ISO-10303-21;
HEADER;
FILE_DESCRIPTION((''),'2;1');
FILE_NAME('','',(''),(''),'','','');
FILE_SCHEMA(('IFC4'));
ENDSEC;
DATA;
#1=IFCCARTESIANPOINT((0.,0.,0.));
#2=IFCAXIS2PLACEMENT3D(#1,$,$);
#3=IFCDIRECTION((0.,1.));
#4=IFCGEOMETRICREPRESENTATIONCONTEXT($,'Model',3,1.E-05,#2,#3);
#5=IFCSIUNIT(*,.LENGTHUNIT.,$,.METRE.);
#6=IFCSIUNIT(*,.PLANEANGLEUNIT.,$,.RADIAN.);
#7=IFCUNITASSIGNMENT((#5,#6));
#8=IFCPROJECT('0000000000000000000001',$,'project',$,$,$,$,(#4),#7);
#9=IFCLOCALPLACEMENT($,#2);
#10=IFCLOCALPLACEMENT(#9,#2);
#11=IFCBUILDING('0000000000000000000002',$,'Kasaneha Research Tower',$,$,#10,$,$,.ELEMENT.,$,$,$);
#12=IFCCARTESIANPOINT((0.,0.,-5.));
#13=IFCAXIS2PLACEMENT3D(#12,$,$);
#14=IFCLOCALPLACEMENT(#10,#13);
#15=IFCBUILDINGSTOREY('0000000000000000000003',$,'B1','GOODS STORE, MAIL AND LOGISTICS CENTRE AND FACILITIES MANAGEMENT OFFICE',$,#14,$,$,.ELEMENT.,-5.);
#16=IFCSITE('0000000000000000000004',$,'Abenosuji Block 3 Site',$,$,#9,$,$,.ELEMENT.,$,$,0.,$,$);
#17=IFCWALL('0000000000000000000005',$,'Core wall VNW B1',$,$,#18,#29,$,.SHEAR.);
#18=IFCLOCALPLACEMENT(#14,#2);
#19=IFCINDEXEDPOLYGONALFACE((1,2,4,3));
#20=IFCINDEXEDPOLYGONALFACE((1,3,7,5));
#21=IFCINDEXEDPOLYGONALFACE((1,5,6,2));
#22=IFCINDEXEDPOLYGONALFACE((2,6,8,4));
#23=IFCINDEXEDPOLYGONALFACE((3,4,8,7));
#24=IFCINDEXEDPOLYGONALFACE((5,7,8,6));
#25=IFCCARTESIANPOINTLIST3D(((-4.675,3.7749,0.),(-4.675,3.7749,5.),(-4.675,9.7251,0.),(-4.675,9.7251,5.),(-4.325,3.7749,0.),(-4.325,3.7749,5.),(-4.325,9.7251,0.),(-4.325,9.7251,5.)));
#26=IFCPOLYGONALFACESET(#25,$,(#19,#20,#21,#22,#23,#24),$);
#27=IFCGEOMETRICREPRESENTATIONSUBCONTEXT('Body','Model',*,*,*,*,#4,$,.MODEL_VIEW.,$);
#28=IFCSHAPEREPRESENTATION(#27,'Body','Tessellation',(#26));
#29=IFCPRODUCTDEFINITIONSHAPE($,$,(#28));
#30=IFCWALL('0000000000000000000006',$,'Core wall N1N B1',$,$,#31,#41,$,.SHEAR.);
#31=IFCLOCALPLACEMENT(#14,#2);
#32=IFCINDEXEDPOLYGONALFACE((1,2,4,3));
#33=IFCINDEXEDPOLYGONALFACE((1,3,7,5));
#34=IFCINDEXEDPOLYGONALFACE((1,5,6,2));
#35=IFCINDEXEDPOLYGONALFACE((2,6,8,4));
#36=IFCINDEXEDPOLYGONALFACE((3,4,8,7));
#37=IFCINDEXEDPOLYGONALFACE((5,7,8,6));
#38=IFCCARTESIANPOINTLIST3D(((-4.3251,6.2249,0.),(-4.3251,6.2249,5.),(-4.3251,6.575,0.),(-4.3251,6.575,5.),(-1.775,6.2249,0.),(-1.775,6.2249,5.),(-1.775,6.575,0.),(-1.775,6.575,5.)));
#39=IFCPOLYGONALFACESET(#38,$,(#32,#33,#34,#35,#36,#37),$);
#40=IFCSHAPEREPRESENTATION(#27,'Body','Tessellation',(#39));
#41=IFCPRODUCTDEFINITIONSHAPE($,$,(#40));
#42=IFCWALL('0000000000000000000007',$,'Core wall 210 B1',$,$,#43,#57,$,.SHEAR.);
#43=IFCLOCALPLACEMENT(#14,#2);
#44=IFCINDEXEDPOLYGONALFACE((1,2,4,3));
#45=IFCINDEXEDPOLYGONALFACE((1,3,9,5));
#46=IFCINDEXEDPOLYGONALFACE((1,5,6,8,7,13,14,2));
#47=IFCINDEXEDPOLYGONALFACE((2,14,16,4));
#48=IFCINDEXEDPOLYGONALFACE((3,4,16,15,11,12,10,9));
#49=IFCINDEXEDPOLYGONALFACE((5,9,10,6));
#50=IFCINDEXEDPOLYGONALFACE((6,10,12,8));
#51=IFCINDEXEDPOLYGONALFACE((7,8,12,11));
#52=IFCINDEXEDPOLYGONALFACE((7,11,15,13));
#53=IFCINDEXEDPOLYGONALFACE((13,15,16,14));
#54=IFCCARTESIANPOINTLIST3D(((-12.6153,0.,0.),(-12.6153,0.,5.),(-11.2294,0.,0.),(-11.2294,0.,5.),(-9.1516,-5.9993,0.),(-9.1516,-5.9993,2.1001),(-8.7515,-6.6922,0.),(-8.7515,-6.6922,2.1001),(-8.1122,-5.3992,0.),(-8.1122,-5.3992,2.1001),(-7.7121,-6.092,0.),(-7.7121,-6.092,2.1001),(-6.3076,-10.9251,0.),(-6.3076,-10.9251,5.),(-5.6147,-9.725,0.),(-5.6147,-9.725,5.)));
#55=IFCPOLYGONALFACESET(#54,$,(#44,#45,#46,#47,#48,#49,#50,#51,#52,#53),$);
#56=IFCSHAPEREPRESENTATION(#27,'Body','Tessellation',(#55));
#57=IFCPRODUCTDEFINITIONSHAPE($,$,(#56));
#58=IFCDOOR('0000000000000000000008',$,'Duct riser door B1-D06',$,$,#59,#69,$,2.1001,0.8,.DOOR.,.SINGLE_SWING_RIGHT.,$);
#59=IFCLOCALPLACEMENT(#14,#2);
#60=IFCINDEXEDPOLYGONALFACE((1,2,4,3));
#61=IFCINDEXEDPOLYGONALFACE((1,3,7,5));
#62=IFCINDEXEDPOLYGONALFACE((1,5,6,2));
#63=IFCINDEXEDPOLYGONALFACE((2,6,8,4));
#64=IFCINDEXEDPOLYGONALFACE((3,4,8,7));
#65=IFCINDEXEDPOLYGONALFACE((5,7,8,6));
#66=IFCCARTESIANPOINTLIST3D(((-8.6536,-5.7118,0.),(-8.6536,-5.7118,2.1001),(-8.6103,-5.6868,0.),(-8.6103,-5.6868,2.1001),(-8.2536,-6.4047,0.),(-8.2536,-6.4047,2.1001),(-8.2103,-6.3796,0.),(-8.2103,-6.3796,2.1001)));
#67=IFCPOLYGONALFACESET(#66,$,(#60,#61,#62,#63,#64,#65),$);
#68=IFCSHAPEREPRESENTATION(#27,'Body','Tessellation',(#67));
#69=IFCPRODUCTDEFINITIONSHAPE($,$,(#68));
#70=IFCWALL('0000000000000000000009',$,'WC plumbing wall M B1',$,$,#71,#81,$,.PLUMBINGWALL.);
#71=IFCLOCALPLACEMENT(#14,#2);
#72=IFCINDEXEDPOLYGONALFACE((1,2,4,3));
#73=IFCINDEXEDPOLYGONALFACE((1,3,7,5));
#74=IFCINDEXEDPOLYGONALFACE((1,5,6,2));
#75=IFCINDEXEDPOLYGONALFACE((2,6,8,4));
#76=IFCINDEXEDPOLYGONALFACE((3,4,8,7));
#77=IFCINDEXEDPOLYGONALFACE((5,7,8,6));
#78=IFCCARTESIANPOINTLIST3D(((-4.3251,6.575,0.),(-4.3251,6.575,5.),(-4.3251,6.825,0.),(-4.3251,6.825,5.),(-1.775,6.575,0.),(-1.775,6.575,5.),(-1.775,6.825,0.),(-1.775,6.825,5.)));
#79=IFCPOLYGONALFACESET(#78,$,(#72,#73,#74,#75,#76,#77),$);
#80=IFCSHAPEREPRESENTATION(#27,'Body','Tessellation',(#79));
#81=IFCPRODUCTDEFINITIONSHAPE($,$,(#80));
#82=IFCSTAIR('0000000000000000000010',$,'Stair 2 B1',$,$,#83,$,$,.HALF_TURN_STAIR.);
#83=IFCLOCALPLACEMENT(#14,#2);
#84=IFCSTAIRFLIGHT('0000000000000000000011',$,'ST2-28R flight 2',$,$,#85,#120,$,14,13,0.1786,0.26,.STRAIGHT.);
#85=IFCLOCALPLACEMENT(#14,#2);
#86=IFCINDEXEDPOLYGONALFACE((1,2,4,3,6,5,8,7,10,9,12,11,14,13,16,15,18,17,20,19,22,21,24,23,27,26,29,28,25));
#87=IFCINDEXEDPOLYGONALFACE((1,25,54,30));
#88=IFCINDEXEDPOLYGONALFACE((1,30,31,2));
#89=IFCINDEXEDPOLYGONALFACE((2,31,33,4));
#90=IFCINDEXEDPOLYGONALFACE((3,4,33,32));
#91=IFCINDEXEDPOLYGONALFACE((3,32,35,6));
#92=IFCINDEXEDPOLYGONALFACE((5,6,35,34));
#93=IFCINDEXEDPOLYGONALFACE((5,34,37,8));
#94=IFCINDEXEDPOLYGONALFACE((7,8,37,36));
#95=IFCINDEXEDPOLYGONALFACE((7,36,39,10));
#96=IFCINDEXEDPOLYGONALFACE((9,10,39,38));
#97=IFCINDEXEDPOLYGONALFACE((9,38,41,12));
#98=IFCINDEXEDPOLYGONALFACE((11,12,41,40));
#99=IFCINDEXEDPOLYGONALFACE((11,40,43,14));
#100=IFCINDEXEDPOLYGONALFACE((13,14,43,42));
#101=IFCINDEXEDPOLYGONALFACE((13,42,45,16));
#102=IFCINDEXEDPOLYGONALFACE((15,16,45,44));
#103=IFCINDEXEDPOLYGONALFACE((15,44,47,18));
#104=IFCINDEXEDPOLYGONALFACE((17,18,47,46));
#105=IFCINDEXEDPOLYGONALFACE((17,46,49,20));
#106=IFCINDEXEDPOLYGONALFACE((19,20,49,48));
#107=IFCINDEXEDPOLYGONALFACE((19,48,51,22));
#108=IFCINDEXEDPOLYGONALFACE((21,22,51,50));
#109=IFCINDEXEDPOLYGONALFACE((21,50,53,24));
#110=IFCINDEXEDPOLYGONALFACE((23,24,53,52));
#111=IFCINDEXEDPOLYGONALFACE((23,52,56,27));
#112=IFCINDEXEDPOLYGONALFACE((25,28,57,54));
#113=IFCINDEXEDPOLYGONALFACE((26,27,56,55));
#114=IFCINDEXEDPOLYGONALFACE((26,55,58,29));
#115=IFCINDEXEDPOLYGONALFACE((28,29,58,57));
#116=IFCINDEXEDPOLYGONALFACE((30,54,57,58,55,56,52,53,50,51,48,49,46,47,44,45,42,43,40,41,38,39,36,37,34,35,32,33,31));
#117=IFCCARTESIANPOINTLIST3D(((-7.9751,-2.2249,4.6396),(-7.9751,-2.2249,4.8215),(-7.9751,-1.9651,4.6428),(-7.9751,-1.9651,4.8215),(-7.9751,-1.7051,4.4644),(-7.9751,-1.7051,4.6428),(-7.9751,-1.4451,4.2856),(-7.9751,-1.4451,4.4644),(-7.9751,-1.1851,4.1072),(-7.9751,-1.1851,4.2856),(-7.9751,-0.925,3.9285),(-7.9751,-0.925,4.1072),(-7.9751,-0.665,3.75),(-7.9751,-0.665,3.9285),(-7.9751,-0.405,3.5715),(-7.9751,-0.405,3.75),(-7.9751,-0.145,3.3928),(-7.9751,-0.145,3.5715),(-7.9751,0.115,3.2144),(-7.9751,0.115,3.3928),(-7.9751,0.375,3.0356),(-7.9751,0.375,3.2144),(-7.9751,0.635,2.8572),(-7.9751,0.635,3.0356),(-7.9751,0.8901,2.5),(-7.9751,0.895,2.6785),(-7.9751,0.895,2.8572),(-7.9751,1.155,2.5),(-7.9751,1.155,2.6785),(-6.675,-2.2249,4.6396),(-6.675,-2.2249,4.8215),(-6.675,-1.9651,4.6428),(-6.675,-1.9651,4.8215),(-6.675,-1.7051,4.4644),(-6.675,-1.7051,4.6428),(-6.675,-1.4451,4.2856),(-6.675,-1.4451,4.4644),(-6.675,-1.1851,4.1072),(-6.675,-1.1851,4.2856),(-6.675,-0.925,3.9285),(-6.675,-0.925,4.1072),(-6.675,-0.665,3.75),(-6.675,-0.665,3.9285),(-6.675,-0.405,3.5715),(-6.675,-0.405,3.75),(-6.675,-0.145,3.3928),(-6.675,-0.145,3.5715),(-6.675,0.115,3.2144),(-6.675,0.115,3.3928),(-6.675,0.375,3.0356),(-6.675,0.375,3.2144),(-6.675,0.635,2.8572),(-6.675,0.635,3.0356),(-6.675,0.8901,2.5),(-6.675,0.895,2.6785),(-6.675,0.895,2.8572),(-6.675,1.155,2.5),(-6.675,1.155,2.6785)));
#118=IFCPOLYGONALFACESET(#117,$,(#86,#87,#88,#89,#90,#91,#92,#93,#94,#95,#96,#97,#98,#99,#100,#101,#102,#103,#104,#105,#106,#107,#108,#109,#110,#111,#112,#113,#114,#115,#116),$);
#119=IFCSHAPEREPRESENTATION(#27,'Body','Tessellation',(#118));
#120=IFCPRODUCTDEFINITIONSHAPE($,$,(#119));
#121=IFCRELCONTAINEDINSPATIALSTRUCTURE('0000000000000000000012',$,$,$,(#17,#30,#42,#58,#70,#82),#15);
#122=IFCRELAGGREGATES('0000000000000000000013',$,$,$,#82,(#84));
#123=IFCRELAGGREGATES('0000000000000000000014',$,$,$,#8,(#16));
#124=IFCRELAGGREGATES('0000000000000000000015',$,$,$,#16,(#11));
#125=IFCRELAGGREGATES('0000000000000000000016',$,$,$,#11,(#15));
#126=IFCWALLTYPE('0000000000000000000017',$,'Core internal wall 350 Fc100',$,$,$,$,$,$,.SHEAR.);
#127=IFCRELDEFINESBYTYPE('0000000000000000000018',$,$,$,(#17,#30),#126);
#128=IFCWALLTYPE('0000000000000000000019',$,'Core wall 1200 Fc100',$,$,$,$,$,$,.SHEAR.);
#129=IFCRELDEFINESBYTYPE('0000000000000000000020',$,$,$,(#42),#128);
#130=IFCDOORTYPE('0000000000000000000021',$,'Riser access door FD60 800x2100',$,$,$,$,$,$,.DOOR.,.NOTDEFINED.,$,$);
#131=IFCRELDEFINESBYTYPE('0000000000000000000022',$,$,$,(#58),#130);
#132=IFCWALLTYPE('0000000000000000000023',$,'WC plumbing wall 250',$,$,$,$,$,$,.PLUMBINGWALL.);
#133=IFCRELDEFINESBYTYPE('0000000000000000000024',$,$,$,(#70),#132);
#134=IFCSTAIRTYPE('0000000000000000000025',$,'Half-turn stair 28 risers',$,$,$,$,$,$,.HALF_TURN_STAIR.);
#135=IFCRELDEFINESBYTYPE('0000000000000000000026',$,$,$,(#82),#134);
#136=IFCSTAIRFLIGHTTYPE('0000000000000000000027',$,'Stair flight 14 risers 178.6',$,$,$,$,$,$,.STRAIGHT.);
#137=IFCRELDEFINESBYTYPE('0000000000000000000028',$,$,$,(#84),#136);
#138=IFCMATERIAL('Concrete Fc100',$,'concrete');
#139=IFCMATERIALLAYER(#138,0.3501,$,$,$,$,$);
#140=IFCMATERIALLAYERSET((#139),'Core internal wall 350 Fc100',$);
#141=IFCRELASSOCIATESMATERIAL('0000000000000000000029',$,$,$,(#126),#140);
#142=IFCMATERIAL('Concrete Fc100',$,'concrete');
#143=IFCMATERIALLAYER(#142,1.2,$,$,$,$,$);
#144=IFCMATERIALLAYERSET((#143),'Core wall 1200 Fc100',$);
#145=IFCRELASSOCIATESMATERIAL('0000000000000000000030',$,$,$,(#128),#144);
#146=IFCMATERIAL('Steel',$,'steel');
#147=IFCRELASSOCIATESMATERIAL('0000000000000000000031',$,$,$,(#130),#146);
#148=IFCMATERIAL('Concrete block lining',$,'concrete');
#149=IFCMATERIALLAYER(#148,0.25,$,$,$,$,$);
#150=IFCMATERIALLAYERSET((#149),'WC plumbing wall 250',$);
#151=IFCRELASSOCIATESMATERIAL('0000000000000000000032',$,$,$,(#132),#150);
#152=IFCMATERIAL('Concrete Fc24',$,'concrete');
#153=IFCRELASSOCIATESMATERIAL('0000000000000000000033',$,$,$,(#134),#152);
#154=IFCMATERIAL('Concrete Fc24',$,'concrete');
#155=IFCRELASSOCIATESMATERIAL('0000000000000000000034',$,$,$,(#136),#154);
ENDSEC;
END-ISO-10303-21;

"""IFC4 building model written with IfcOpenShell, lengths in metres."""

from ifc_helpers import new_model, si_unit, direction, frame, frame_2d, origin, place, context, subcontext, project, spatial, polyline, rectangle, outline, extrude, material, layer, layer_set, type_object, element, fill, aggregate, save


model = new_model("IFC4")

# Units and contexts
model_context = context("Model", 3, precision=1e-05, world=origin(), true_north=direction((0.0, 1.0)))
body_context = subcontext(model_context, "Body", "Model", "MODEL_VIEW")
ifc_project = project(units=[si_unit("LENGTHUNIT", "METRE"), si_unit("PLANEANGLEUNIT", "RADIAN")], contexts=[model_context])

# Site, building, storey
site_placement = place(None, origin())
site = spatial("IfcSite", under=ifc_project, at=site_placement, Name="Abenosuji Block 3 Site", CompositionType="ELEMENT", RefElevation=0.0)
building_placement = place(site_placement, origin())
building = spatial("IfcBuilding", under=site, at=building_placement, Name="Kasaneha Research Tower", CompositionType="ELEMENT")
storey_placement = place(building_placement, frame((0.0, 0.0, -5.0)))
storey = spatial("IfcBuildingStorey", under=building, at=storey_placement, Name="B1", Description="GOODS STORE, MAIL AND LOGISTICS CENTRE AND FACILITIES MANAGEMENT OFFICE", CompositionType="ELEMENT", Elevation=-5.0)

# Shared definitions
ifc_material_1 = material(Name="Concrete Fc100", Category="concrete")
ifc_layer_1 = layer(ifc_material_1, 0.3501)
ifc_layer_set_1 = layer_set([ifc_layer_1], Name="Core internal wall 350 Fc100")
wall_type_1 = type_object("IfcWallType", Name="Core internal wall 350 Fc100", PredefinedType="SHEAR", material=ifc_layer_set_1)

# Walls
wall_1_placement = place(storey_placement, frame((-4.5, 3.7749, 0.0), z_axis=(0.0, 0.0, 1.0), x_axis=(0.0, 1.0, 0.0)))
element("IfcWall", 1, at=wall_1_placement, inside=storey, type_object=wall_type_1, Name="Core wall VNW B1", PredefinedType="SHEAR", context=body_context, shape_type="SweptSolid", body=[
    extrude(rectangle(XDim=5.9502, YDim=0.3501, at=frame_2d((2.9751, 0.0))), origin(), (0.0, 0.0, 1.0), 5.0),
])
wall_2_placement = place(storey_placement, frame((-4.325, 6.3999, 0.0), z_axis=(0.0, 0.0, 1.0), x_axis=(1.0, 0.0, 0.0)))
element("IfcWall", 2, at=wall_2_placement, inside=storey, type_object=wall_type_1, Name="Core wall N1N B1", PredefinedType="SHEAR", context=body_context, shape_type="SweptSolid", body=[
    extrude(rectangle(XDim=2.55, YDim=0.3501, at=frame_2d((1.2749, 0.0))), origin(), (0.0, 0.0, 1.0), 5.0),
])

# Wall, opening, door
ifc_material_2 = material(Name="Concrete Fc100", Category="concrete")
ifc_layer_2 = layer(ifc_material_2, 1.2)
ifc_layer_set_2 = layer_set([ifc_layer_2], Name="Core wall 1200 Fc100")
wall_type_2 = type_object("IfcWallType", Name="Core wall 1200 Fc100", PredefinedType="SHEAR", material=ifc_layer_set_2)
wall_3_placement = place(storey_placement, frame((-11.9224, 0.0, 0.0), z_axis=(0.0, 0.0, 1.0), x_axis=(0.500004, -0.866023, 0.0)))
wall_3 = element("IfcWall", 3, at=wall_3_placement, inside=storey, type_object=wall_type_2, Name="Core wall 210 B1", PredefinedType="SHEAR", context=body_context, shape_type="SweptSolid", body=[
    extrude(outline(polyline([(-0.3464, -0.6001), (6.5811, -0.6001), (7.3811, -0.6001), (12.2688, -0.6001), (11.5759, 0.6001), (7.3811, 0.6001), (6.5811, 0.6001), (0.3464, 0.6001), (-0.3464, -0.6001)])), origin(), (0.0, 0.0, 1.0), 5.0),
])
opening_1_placement = place(wall_3_placement, frame((6.5811, 0.0, 0.0)))
opening_1 = element("IfcOpeningElement", 4, at=opening_1_placement, cuts=wall_3, PredefinedType="OPENING", context=body_context, shape_type="SweptSolid", body=[
    extrude(rectangle(XDim=0.8, YDim=2.1001, at=frame_2d((0.3999, 1.05))), frame((0.0, 0.6099, 0.0), z_axis=(0.0, -1.0, 0.0), x_axis=(1.0, 0.0, 0.0)), (0.0, 0.0, 1.0), 1.22),
])
ifc_material_3 = material(Name="Steel", Category="steel")
door_type_1 = type_object("IfcDoorType", Name="Riser access door FD60 800x2100", OperationType="NOTDEFINED", PredefinedType="DOOR", material=ifc_material_3)
door_1_placement = place(opening_1_placement, origin())
door_1 = element("IfcDoor", 5, at=door_1_placement, inside=storey, type_object=door_type_1, Name="Duct riser door B1-D06", OperationType="SINGLE_SWING_RIGHT", OverallHeight=2.1001, OverallWidth=0.8, PredefinedType="DOOR", context=body_context, shape_type="SweptSolid", body=[
    extrude(rectangle(XDim=0.8, YDim=2.1001, at=frame_2d((0.3999, 1.05))), frame((0.0, 0.0249, 0.0), z_axis=(0.0, -1.0, 0.0), x_axis=(1.0, 0.0, 0.0)), (0.0, 0.0, 1.0), 0.05),
])
fill(opening_1, door_1)

# Wall
ifc_material_4 = material(Name="Concrete block lining", Category="concrete")
ifc_layer_3 = layer(ifc_material_4, 0.25)
ifc_layer_set_3 = layer_set([ifc_layer_3], Name="WC plumbing wall 250")
wall_type_3 = type_object("IfcWallType", Name="WC plumbing wall 250", PredefinedType="PLUMBINGWALL", material=ifc_layer_set_3)
wall_4_placement = place(storey_placement, frame((-4.325, 6.7, 0.0), z_axis=(0.0, 0.0, 1.0), x_axis=(1.0, 0.0, 0.0)))
element("IfcWall", 6, at=wall_4_placement, inside=storey, type_object=wall_type_3, Name="WC plumbing wall M B1", PredefinedType="PLUMBINGWALL", context=body_context, shape_type="SweptSolid", body=[
    extrude(rectangle(XDim=2.55, YDim=0.25, at=frame_2d((1.2749, 0.0))), origin(), (0.0, 0.0, 1.0), 5.0),
])

# Stair, stair flight
ifc_material_5 = material(Name="Concrete Fc24", Category="concrete")
stair_type = type_object("IfcStairType", Name="Half-turn stair 28 risers", PredefinedType="HALF_TURN_STAIR", material=ifc_material_5)
stair_placement = place(storey_placement, origin())
stair = element("IfcStair", 7, at=stair_placement, inside=storey, type_object=stair_type, Name="Stair 2 B1", PredefinedType="HALF_TURN_STAIR")
ifc_material_6 = material(Name="Concrete Fc24", Category="concrete")
stair_flight_type = type_object("IfcStairFlightType", Name="Stair flight 14 risers 178.6", PredefinedType="STRAIGHT", material=ifc_material_6)
stair_flight_placement = place(storey_placement, frame((-7.325, 1.155, 2.5), z_axis=(0.0, 0.0, 1.0), x_axis=(0.0, -1.0, 0.0)))
stair_flight = element("IfcStairFlight", 8, at=stair_flight_placement, type_object=stair_flight_type, Name="ST2-28R flight 2", NumberOfRisers=14, NumberOfTreads=13, PredefinedType="STRAIGHT", RiserHeight=0.1786, TreadLength=0.26, context=body_context, shape_type="SweptSolid", body=[
    extrude(outline(polyline([(0.0, 0.0), (0.0, 0.1785), (0.26, 0.1785), (0.26, 0.3572), (0.52, 0.3572), (0.52, 0.5356), (0.78, 0.5356), (0.78, 0.7144), (1.04, 0.7144), (1.04, 0.8928), (1.3, 0.8928), (1.3, 1.0715), (1.5601, 1.0715), (1.5601, 1.25), (1.8201, 1.25), (1.8201, 1.4285), (2.0801, 1.4285), (2.0801, 1.6072), (2.3401, 1.6072), (2.3401, 1.7856), (2.6001, 1.7856), (2.6001, 1.9644), (2.8601, 1.9644), (2.8601, 2.1428), (3.1201, 2.1428), (3.1201, 2.3215), (3.3799, 2.3215), (3.3799, 2.5), (3.3799, 2.1396), (0.2649, 0.0), (0.0, 0.0)])), frame((0.0, 0.6499, 0.0), z_axis=(0.0, -1.0, 0.0), x_axis=(1.0, 0.0, 0.0)), (0.0, 0.0, 1.0), 1.3),
])
aggregate(stair, [stair_flight])

save(model, "model.ifc")
